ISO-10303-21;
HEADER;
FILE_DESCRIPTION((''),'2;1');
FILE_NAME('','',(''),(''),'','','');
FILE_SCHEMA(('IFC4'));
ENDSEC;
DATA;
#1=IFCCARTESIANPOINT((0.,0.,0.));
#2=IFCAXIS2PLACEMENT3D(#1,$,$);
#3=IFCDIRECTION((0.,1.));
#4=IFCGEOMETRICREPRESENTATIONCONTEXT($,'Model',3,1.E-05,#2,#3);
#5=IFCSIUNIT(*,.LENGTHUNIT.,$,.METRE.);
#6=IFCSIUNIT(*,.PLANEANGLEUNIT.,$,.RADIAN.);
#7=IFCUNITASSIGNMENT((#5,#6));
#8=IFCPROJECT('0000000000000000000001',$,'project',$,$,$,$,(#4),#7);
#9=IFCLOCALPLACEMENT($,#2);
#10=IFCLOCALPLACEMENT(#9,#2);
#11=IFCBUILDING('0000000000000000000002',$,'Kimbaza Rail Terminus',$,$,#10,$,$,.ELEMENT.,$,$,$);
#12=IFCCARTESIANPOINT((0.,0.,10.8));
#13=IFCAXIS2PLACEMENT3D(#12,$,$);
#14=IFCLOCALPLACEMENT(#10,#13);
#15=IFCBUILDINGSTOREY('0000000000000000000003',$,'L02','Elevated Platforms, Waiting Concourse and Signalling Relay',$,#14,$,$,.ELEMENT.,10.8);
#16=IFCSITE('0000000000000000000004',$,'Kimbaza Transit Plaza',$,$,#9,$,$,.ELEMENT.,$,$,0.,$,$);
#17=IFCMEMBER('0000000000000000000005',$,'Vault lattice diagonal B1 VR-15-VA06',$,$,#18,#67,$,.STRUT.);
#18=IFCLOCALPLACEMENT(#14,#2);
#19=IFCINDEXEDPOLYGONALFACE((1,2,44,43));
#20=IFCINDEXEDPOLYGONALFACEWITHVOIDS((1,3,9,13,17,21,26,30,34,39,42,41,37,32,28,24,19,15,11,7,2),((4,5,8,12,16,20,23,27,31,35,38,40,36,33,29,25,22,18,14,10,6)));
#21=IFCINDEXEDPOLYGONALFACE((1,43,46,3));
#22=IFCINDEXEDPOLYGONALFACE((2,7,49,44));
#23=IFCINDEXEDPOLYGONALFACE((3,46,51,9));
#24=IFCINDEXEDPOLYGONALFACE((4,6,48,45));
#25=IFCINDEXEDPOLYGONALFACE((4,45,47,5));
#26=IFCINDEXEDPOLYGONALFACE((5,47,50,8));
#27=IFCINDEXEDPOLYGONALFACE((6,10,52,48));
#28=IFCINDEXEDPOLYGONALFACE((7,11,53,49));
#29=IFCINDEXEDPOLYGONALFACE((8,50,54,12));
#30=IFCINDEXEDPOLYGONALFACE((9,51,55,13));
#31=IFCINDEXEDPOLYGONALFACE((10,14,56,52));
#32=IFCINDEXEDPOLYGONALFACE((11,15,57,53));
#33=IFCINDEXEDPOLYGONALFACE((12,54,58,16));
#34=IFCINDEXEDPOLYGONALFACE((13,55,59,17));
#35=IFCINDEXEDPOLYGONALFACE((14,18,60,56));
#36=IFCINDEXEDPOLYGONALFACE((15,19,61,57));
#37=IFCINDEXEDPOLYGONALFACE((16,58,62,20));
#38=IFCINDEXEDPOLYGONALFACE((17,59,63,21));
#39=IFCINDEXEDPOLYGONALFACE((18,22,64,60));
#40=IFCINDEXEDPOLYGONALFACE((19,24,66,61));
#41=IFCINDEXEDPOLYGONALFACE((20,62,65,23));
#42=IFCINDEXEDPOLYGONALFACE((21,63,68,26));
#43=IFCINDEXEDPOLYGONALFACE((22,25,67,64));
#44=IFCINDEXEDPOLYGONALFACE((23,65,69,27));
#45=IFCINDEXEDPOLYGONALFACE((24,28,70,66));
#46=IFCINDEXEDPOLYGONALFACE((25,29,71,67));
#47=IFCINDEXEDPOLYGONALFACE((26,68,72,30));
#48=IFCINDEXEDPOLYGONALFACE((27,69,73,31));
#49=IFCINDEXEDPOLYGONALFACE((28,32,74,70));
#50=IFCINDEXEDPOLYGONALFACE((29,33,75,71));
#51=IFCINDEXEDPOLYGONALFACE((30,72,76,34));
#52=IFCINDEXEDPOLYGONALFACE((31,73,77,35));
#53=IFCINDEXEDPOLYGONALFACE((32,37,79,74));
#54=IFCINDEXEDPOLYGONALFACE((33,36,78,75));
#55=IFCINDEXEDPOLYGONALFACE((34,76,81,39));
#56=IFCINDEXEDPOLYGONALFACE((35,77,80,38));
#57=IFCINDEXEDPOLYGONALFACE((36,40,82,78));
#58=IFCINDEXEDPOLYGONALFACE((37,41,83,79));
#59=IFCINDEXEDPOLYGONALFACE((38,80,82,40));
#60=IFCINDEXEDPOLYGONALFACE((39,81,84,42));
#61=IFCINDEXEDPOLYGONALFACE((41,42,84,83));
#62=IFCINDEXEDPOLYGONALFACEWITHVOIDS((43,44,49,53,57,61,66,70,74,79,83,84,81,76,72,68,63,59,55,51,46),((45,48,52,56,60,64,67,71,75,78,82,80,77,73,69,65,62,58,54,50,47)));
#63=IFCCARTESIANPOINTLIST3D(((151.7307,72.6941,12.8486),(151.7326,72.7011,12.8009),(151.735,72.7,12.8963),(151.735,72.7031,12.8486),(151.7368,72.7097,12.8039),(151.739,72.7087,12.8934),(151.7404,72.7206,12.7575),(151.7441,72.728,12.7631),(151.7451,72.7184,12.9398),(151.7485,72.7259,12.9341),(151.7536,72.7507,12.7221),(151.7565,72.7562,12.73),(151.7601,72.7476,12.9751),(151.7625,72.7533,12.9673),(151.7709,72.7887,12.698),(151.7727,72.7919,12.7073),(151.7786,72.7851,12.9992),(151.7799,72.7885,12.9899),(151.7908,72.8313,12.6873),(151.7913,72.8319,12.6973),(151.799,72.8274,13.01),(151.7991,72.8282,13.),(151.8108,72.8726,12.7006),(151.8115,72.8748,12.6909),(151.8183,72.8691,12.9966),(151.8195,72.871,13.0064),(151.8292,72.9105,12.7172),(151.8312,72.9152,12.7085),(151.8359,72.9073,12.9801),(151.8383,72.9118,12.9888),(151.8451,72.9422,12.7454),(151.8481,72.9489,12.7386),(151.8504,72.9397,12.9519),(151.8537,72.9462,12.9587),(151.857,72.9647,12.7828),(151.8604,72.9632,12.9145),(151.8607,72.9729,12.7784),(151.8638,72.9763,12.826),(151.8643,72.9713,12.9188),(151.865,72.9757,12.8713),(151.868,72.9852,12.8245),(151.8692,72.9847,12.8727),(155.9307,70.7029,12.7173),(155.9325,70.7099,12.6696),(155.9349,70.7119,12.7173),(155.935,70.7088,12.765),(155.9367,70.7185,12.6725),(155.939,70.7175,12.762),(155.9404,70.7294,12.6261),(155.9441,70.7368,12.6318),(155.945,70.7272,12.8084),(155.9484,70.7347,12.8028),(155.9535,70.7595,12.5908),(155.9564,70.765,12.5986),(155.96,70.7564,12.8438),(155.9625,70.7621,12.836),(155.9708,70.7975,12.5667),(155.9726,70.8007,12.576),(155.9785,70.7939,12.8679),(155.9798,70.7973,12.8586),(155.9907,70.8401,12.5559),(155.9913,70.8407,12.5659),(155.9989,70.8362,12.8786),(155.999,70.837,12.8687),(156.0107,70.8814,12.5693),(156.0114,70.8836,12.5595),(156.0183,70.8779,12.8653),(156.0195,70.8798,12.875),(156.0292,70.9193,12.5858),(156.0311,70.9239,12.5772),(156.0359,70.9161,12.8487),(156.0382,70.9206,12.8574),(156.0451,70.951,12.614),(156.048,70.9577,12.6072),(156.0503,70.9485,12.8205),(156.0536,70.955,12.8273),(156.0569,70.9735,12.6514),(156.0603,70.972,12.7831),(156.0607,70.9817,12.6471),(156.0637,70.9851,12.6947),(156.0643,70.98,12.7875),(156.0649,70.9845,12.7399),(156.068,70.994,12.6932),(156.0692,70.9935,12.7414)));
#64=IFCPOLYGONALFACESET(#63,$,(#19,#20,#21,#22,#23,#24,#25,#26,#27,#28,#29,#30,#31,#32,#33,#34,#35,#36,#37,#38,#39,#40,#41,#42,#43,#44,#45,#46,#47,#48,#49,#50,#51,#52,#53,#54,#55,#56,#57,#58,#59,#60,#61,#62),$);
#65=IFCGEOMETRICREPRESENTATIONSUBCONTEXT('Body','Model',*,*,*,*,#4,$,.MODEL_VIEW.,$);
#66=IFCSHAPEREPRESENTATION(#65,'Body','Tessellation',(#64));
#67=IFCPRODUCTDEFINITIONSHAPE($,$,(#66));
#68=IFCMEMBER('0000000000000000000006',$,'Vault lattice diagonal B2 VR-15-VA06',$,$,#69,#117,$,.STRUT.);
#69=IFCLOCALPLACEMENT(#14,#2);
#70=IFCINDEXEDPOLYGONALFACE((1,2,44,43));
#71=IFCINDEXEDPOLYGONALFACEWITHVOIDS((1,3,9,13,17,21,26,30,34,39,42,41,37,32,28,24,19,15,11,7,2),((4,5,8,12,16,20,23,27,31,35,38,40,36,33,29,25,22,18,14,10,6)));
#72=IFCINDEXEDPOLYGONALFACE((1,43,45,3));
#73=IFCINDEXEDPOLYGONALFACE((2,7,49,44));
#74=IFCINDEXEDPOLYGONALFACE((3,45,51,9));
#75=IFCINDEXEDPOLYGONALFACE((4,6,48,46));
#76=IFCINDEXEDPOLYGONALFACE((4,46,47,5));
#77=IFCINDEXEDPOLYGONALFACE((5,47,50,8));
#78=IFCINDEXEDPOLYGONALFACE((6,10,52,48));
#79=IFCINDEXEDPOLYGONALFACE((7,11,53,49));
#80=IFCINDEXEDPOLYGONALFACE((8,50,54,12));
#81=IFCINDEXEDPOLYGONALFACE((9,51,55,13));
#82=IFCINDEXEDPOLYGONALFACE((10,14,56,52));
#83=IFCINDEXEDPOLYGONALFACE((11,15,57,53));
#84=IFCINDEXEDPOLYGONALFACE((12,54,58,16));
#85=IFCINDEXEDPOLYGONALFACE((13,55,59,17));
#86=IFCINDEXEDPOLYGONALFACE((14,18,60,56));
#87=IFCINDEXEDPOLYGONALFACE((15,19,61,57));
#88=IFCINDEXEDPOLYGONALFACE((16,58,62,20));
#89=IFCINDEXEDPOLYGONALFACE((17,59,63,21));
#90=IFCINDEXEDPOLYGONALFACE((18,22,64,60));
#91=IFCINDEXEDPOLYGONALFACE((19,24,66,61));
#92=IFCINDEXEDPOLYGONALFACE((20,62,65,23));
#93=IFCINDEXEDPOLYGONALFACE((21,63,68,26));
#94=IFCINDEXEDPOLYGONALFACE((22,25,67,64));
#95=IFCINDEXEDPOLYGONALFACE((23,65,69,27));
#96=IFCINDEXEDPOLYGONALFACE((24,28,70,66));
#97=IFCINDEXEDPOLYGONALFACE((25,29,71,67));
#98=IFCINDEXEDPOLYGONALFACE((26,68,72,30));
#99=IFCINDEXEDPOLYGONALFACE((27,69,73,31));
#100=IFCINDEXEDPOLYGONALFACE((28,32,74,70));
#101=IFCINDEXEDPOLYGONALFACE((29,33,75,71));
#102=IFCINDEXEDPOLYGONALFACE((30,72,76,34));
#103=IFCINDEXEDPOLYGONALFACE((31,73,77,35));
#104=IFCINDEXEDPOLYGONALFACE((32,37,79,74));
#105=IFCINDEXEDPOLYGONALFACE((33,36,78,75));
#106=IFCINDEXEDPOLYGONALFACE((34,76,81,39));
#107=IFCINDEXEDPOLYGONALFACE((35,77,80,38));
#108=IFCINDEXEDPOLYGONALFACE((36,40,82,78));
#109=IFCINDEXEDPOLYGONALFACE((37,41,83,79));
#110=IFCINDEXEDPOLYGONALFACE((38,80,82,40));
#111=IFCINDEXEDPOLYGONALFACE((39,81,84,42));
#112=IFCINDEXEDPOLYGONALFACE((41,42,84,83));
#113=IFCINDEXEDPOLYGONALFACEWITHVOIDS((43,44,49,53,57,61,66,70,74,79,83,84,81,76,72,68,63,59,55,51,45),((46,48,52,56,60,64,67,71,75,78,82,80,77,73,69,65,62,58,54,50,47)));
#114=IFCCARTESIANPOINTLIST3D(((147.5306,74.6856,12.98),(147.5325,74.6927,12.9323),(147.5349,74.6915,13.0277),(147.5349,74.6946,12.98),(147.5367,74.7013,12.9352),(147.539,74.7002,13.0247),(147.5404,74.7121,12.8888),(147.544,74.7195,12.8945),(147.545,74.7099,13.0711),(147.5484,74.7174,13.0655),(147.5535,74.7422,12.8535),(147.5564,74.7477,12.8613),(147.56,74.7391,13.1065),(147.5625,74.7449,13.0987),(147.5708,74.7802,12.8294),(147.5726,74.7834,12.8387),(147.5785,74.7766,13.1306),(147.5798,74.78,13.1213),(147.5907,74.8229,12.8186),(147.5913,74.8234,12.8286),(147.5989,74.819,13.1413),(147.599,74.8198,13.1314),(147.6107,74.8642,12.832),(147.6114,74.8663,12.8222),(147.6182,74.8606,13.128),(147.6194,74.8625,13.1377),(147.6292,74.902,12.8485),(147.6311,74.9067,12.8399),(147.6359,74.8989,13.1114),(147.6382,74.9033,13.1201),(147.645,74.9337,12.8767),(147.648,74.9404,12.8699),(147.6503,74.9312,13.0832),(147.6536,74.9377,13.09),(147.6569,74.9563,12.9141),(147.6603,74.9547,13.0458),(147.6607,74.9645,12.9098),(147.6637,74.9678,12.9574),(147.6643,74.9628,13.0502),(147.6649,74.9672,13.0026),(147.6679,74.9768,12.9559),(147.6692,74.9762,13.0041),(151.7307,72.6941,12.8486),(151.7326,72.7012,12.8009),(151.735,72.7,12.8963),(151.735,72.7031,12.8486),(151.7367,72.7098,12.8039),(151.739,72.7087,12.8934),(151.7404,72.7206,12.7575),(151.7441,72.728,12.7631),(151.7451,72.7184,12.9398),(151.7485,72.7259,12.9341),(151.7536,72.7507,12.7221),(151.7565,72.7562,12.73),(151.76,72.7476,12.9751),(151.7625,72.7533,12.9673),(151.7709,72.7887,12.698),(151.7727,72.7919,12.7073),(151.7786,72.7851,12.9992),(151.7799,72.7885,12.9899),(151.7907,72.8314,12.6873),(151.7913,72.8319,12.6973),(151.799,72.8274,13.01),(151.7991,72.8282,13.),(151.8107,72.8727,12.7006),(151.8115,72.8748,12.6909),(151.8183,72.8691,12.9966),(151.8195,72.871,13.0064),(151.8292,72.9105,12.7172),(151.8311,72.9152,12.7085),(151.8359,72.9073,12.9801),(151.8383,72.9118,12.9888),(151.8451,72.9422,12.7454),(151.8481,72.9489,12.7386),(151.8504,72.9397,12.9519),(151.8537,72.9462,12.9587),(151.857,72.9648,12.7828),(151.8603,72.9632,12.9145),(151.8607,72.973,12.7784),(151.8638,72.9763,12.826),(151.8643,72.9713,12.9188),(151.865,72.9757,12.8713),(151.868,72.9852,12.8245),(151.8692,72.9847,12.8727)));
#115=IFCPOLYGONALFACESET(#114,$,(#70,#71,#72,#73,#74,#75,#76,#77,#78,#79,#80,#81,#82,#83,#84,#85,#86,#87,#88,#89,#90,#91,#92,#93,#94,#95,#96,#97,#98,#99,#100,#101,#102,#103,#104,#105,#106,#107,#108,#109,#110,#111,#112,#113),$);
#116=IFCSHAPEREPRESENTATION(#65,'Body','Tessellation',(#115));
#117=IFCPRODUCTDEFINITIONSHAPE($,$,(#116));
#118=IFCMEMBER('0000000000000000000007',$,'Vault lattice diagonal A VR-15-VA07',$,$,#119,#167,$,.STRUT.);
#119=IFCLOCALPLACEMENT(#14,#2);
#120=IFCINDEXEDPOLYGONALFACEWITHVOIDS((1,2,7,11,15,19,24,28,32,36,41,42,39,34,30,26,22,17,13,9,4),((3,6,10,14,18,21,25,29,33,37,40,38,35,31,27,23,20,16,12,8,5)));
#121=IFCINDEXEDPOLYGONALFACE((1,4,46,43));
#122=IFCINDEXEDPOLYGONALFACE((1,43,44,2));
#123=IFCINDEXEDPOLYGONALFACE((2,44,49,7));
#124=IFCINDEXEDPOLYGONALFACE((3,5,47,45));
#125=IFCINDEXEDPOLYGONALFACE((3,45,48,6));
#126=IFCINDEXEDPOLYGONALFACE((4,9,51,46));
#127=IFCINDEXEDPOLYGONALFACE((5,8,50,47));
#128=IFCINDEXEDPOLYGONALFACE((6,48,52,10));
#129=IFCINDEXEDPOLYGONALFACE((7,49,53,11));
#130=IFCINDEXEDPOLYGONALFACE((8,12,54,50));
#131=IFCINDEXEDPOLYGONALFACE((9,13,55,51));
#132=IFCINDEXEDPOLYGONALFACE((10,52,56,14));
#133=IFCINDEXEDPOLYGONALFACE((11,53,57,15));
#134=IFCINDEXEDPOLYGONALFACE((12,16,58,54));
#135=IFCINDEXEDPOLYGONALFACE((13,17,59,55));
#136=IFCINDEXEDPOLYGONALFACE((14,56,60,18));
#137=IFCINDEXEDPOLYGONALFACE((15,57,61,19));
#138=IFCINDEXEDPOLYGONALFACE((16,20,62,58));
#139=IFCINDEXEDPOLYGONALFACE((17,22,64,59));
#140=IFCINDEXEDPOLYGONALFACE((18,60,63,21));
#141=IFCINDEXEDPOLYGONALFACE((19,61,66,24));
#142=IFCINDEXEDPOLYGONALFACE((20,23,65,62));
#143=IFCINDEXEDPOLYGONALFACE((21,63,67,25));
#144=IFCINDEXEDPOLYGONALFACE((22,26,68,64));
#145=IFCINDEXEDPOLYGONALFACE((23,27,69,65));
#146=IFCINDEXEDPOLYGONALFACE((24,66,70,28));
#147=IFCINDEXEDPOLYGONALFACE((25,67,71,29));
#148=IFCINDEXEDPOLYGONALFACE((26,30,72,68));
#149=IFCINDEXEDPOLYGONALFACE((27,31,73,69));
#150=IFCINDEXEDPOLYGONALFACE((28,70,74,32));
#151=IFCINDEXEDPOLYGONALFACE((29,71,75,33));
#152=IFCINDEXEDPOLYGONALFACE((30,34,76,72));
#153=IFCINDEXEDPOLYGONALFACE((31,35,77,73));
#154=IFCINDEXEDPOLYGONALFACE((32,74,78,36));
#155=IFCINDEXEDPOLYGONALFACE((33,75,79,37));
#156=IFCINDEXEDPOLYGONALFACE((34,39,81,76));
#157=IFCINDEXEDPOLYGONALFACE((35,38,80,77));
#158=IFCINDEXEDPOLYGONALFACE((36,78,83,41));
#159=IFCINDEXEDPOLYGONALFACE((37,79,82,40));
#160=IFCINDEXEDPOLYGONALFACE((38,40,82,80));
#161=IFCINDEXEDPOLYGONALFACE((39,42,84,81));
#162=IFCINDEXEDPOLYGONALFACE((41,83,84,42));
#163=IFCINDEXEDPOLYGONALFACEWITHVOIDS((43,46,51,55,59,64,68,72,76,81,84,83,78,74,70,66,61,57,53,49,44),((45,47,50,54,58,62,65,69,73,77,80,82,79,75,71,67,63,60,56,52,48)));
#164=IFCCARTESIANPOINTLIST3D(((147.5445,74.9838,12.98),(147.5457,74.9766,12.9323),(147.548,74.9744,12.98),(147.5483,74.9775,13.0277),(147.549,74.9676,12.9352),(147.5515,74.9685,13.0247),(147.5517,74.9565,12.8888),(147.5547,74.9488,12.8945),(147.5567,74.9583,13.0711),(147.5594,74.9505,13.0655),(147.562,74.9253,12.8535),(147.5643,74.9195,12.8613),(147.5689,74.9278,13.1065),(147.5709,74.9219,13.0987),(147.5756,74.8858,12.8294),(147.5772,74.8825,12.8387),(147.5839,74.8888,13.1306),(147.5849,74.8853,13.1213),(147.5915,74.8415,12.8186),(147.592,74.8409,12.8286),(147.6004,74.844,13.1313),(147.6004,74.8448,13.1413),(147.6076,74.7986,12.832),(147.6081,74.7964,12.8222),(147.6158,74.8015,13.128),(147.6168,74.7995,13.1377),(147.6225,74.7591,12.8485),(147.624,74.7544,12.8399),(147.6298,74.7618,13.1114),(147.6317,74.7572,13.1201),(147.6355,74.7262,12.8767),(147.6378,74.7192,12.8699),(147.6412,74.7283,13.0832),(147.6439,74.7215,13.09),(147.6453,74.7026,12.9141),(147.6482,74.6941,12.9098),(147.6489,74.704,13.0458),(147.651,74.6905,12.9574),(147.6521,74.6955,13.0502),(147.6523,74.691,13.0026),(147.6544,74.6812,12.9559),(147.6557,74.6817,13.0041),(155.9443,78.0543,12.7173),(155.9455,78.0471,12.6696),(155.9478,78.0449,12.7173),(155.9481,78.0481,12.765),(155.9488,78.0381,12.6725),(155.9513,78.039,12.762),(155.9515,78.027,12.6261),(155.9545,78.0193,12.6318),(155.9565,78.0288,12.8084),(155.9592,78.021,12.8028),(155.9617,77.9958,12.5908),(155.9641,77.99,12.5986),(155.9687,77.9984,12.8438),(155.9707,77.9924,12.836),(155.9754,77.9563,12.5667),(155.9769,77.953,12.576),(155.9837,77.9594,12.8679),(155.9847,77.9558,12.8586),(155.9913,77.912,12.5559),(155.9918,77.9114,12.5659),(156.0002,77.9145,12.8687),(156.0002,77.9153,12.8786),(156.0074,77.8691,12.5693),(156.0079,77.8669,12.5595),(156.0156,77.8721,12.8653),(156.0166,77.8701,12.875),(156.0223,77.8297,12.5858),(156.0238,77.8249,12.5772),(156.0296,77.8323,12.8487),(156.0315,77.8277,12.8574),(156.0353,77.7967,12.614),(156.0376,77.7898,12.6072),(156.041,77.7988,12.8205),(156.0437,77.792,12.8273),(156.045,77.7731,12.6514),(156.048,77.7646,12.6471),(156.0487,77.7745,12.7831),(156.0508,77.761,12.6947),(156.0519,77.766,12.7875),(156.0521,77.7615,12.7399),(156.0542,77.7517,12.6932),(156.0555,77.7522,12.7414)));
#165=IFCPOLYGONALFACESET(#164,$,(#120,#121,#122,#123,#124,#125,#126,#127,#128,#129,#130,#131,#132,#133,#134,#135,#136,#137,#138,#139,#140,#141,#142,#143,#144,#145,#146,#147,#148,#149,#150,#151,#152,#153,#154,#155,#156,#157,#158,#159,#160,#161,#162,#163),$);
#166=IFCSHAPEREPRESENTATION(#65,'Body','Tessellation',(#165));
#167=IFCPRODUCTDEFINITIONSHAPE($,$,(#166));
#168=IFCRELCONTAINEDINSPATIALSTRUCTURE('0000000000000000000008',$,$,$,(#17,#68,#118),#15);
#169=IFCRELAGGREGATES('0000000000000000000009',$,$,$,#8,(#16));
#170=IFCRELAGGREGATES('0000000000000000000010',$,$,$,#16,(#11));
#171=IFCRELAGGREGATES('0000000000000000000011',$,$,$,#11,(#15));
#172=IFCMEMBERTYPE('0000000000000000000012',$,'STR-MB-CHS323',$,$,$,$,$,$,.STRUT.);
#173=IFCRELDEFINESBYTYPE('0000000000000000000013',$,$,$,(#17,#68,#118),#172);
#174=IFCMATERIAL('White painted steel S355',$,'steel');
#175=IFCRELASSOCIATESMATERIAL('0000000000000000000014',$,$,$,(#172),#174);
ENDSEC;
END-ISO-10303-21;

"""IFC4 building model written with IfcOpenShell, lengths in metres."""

from ifc_helpers import new_model, si_unit, direction, frame, origin, origin_2d, place, context, subcontext, project, spatial, hollow_circle, extrude, material, material_profile, profile_set, type_object, element, save


model = new_model("IFC4")

# Units and contexts
model_context = context("Model", 3, precision=1e-05, world=origin(), true_north=direction((0.0, 1.0)))
body_context = subcontext(model_context, "Body", "Model", "MODEL_VIEW")
ifc_project = project(units=[si_unit("LENGTHUNIT", "METRE"), si_unit("PLANEANGLEUNIT", "RADIAN")], contexts=[model_context])

# Site, building, storey
site_placement = place(None, origin())
site = spatial("IfcSite", under=ifc_project, at=site_placement, Name="Kimbaza Transit Plaza", CompositionType="ELEMENT", RefElevation=0.0)
building_placement = place(site_placement, origin())
building = spatial("IfcBuilding", under=site, at=building_placement, Name="Kimbaza Rail Terminus", CompositionType="ELEMENT")
storey_placement = place(building_placement, frame((0.0, 0.0, 10.8)))
storey = spatial("IfcBuildingStorey", under=building, at=storey_placement, Name="L02", Description="Elevated Platforms, Waiting Concourse and Signalling Relay", CompositionType="ELEMENT", Elevation=10.8)

# Members
ifc_material_1 = material(Name="White painted steel S355", Category="steel")
ifc_material_profile_1 = material_profile(ifc_material_1, hollow_circle(Radius=0.1619, WallThickness=0.01, at=origin_2d()), Name="CHS 323.9x10")
ifc_profile_set_1 = profile_set([ifc_material_profile_1], Name="White painted steel S355")
member_type_1 = type_object("IfcMemberType", Name="STR-MB-CHS323", PredefinedType="STRUT", material=ifc_profile_set_1)
member_1_placement = place(storey_placement, frame((156.0, 70.8491, 12.7173), z_axis=(-0.903231, 0.428225, 0.028247), x_axis=(-0.428396, -0.903591, 0.0)))
element("IfcMember", 1, at=member_1_placement, inside=storey, type_object=member_type_1, Name="Vault lattice diagonal B1 VR-15-VA06", PredefinedType="STRUT", context=body_context, shape_type="SweptSolid", body=[
    extrude(hollow_circle(Radius=0.1619, WallThickness=0.01, at=origin_2d()), origin(), (0.0, 0.0, 1.0), 4.6499),
])
member_2_placement = place(storey_placement, frame((151.8, 72.8403, 12.8486), z_axis=(-0.90321, 0.428268, 0.028247), x_axis=(-0.428439, -0.903571, 0.0)))
element("IfcMember", 2, at=member_2_placement, inside=storey, type_object=member_type_1, Name="Vault lattice diagonal B2 VR-15-VA06", PredefinedType="STRUT", context=body_context, shape_type="SweptSolid", body=[
    extrude(hollow_circle(Radius=0.1619, WallThickness=0.01, at=origin_2d()), origin(), (0.0, 0.0, 1.0), 4.6501),
])
member_3_placement = place(storey_placement, frame((147.6001, 74.8318, 12.98), z_axis=(0.938811, 0.343179, -0.02936), x_axis=(-0.343327, 0.939216, 0.0)))
element("IfcMember", 3, at=member_3_placement, inside=storey, type_object=member_type_1, Name="Vault lattice diagonal A VR-15-VA07", PredefinedType="STRUT", context=body_context, shape_type="SweptSolid", body=[
    extrude(hollow_circle(Radius=0.1619, WallThickness=0.01, at=origin_2d()), origin(), (0.0, 0.0, 1.0), 8.9473),
])

save(model, "model.ifc")
